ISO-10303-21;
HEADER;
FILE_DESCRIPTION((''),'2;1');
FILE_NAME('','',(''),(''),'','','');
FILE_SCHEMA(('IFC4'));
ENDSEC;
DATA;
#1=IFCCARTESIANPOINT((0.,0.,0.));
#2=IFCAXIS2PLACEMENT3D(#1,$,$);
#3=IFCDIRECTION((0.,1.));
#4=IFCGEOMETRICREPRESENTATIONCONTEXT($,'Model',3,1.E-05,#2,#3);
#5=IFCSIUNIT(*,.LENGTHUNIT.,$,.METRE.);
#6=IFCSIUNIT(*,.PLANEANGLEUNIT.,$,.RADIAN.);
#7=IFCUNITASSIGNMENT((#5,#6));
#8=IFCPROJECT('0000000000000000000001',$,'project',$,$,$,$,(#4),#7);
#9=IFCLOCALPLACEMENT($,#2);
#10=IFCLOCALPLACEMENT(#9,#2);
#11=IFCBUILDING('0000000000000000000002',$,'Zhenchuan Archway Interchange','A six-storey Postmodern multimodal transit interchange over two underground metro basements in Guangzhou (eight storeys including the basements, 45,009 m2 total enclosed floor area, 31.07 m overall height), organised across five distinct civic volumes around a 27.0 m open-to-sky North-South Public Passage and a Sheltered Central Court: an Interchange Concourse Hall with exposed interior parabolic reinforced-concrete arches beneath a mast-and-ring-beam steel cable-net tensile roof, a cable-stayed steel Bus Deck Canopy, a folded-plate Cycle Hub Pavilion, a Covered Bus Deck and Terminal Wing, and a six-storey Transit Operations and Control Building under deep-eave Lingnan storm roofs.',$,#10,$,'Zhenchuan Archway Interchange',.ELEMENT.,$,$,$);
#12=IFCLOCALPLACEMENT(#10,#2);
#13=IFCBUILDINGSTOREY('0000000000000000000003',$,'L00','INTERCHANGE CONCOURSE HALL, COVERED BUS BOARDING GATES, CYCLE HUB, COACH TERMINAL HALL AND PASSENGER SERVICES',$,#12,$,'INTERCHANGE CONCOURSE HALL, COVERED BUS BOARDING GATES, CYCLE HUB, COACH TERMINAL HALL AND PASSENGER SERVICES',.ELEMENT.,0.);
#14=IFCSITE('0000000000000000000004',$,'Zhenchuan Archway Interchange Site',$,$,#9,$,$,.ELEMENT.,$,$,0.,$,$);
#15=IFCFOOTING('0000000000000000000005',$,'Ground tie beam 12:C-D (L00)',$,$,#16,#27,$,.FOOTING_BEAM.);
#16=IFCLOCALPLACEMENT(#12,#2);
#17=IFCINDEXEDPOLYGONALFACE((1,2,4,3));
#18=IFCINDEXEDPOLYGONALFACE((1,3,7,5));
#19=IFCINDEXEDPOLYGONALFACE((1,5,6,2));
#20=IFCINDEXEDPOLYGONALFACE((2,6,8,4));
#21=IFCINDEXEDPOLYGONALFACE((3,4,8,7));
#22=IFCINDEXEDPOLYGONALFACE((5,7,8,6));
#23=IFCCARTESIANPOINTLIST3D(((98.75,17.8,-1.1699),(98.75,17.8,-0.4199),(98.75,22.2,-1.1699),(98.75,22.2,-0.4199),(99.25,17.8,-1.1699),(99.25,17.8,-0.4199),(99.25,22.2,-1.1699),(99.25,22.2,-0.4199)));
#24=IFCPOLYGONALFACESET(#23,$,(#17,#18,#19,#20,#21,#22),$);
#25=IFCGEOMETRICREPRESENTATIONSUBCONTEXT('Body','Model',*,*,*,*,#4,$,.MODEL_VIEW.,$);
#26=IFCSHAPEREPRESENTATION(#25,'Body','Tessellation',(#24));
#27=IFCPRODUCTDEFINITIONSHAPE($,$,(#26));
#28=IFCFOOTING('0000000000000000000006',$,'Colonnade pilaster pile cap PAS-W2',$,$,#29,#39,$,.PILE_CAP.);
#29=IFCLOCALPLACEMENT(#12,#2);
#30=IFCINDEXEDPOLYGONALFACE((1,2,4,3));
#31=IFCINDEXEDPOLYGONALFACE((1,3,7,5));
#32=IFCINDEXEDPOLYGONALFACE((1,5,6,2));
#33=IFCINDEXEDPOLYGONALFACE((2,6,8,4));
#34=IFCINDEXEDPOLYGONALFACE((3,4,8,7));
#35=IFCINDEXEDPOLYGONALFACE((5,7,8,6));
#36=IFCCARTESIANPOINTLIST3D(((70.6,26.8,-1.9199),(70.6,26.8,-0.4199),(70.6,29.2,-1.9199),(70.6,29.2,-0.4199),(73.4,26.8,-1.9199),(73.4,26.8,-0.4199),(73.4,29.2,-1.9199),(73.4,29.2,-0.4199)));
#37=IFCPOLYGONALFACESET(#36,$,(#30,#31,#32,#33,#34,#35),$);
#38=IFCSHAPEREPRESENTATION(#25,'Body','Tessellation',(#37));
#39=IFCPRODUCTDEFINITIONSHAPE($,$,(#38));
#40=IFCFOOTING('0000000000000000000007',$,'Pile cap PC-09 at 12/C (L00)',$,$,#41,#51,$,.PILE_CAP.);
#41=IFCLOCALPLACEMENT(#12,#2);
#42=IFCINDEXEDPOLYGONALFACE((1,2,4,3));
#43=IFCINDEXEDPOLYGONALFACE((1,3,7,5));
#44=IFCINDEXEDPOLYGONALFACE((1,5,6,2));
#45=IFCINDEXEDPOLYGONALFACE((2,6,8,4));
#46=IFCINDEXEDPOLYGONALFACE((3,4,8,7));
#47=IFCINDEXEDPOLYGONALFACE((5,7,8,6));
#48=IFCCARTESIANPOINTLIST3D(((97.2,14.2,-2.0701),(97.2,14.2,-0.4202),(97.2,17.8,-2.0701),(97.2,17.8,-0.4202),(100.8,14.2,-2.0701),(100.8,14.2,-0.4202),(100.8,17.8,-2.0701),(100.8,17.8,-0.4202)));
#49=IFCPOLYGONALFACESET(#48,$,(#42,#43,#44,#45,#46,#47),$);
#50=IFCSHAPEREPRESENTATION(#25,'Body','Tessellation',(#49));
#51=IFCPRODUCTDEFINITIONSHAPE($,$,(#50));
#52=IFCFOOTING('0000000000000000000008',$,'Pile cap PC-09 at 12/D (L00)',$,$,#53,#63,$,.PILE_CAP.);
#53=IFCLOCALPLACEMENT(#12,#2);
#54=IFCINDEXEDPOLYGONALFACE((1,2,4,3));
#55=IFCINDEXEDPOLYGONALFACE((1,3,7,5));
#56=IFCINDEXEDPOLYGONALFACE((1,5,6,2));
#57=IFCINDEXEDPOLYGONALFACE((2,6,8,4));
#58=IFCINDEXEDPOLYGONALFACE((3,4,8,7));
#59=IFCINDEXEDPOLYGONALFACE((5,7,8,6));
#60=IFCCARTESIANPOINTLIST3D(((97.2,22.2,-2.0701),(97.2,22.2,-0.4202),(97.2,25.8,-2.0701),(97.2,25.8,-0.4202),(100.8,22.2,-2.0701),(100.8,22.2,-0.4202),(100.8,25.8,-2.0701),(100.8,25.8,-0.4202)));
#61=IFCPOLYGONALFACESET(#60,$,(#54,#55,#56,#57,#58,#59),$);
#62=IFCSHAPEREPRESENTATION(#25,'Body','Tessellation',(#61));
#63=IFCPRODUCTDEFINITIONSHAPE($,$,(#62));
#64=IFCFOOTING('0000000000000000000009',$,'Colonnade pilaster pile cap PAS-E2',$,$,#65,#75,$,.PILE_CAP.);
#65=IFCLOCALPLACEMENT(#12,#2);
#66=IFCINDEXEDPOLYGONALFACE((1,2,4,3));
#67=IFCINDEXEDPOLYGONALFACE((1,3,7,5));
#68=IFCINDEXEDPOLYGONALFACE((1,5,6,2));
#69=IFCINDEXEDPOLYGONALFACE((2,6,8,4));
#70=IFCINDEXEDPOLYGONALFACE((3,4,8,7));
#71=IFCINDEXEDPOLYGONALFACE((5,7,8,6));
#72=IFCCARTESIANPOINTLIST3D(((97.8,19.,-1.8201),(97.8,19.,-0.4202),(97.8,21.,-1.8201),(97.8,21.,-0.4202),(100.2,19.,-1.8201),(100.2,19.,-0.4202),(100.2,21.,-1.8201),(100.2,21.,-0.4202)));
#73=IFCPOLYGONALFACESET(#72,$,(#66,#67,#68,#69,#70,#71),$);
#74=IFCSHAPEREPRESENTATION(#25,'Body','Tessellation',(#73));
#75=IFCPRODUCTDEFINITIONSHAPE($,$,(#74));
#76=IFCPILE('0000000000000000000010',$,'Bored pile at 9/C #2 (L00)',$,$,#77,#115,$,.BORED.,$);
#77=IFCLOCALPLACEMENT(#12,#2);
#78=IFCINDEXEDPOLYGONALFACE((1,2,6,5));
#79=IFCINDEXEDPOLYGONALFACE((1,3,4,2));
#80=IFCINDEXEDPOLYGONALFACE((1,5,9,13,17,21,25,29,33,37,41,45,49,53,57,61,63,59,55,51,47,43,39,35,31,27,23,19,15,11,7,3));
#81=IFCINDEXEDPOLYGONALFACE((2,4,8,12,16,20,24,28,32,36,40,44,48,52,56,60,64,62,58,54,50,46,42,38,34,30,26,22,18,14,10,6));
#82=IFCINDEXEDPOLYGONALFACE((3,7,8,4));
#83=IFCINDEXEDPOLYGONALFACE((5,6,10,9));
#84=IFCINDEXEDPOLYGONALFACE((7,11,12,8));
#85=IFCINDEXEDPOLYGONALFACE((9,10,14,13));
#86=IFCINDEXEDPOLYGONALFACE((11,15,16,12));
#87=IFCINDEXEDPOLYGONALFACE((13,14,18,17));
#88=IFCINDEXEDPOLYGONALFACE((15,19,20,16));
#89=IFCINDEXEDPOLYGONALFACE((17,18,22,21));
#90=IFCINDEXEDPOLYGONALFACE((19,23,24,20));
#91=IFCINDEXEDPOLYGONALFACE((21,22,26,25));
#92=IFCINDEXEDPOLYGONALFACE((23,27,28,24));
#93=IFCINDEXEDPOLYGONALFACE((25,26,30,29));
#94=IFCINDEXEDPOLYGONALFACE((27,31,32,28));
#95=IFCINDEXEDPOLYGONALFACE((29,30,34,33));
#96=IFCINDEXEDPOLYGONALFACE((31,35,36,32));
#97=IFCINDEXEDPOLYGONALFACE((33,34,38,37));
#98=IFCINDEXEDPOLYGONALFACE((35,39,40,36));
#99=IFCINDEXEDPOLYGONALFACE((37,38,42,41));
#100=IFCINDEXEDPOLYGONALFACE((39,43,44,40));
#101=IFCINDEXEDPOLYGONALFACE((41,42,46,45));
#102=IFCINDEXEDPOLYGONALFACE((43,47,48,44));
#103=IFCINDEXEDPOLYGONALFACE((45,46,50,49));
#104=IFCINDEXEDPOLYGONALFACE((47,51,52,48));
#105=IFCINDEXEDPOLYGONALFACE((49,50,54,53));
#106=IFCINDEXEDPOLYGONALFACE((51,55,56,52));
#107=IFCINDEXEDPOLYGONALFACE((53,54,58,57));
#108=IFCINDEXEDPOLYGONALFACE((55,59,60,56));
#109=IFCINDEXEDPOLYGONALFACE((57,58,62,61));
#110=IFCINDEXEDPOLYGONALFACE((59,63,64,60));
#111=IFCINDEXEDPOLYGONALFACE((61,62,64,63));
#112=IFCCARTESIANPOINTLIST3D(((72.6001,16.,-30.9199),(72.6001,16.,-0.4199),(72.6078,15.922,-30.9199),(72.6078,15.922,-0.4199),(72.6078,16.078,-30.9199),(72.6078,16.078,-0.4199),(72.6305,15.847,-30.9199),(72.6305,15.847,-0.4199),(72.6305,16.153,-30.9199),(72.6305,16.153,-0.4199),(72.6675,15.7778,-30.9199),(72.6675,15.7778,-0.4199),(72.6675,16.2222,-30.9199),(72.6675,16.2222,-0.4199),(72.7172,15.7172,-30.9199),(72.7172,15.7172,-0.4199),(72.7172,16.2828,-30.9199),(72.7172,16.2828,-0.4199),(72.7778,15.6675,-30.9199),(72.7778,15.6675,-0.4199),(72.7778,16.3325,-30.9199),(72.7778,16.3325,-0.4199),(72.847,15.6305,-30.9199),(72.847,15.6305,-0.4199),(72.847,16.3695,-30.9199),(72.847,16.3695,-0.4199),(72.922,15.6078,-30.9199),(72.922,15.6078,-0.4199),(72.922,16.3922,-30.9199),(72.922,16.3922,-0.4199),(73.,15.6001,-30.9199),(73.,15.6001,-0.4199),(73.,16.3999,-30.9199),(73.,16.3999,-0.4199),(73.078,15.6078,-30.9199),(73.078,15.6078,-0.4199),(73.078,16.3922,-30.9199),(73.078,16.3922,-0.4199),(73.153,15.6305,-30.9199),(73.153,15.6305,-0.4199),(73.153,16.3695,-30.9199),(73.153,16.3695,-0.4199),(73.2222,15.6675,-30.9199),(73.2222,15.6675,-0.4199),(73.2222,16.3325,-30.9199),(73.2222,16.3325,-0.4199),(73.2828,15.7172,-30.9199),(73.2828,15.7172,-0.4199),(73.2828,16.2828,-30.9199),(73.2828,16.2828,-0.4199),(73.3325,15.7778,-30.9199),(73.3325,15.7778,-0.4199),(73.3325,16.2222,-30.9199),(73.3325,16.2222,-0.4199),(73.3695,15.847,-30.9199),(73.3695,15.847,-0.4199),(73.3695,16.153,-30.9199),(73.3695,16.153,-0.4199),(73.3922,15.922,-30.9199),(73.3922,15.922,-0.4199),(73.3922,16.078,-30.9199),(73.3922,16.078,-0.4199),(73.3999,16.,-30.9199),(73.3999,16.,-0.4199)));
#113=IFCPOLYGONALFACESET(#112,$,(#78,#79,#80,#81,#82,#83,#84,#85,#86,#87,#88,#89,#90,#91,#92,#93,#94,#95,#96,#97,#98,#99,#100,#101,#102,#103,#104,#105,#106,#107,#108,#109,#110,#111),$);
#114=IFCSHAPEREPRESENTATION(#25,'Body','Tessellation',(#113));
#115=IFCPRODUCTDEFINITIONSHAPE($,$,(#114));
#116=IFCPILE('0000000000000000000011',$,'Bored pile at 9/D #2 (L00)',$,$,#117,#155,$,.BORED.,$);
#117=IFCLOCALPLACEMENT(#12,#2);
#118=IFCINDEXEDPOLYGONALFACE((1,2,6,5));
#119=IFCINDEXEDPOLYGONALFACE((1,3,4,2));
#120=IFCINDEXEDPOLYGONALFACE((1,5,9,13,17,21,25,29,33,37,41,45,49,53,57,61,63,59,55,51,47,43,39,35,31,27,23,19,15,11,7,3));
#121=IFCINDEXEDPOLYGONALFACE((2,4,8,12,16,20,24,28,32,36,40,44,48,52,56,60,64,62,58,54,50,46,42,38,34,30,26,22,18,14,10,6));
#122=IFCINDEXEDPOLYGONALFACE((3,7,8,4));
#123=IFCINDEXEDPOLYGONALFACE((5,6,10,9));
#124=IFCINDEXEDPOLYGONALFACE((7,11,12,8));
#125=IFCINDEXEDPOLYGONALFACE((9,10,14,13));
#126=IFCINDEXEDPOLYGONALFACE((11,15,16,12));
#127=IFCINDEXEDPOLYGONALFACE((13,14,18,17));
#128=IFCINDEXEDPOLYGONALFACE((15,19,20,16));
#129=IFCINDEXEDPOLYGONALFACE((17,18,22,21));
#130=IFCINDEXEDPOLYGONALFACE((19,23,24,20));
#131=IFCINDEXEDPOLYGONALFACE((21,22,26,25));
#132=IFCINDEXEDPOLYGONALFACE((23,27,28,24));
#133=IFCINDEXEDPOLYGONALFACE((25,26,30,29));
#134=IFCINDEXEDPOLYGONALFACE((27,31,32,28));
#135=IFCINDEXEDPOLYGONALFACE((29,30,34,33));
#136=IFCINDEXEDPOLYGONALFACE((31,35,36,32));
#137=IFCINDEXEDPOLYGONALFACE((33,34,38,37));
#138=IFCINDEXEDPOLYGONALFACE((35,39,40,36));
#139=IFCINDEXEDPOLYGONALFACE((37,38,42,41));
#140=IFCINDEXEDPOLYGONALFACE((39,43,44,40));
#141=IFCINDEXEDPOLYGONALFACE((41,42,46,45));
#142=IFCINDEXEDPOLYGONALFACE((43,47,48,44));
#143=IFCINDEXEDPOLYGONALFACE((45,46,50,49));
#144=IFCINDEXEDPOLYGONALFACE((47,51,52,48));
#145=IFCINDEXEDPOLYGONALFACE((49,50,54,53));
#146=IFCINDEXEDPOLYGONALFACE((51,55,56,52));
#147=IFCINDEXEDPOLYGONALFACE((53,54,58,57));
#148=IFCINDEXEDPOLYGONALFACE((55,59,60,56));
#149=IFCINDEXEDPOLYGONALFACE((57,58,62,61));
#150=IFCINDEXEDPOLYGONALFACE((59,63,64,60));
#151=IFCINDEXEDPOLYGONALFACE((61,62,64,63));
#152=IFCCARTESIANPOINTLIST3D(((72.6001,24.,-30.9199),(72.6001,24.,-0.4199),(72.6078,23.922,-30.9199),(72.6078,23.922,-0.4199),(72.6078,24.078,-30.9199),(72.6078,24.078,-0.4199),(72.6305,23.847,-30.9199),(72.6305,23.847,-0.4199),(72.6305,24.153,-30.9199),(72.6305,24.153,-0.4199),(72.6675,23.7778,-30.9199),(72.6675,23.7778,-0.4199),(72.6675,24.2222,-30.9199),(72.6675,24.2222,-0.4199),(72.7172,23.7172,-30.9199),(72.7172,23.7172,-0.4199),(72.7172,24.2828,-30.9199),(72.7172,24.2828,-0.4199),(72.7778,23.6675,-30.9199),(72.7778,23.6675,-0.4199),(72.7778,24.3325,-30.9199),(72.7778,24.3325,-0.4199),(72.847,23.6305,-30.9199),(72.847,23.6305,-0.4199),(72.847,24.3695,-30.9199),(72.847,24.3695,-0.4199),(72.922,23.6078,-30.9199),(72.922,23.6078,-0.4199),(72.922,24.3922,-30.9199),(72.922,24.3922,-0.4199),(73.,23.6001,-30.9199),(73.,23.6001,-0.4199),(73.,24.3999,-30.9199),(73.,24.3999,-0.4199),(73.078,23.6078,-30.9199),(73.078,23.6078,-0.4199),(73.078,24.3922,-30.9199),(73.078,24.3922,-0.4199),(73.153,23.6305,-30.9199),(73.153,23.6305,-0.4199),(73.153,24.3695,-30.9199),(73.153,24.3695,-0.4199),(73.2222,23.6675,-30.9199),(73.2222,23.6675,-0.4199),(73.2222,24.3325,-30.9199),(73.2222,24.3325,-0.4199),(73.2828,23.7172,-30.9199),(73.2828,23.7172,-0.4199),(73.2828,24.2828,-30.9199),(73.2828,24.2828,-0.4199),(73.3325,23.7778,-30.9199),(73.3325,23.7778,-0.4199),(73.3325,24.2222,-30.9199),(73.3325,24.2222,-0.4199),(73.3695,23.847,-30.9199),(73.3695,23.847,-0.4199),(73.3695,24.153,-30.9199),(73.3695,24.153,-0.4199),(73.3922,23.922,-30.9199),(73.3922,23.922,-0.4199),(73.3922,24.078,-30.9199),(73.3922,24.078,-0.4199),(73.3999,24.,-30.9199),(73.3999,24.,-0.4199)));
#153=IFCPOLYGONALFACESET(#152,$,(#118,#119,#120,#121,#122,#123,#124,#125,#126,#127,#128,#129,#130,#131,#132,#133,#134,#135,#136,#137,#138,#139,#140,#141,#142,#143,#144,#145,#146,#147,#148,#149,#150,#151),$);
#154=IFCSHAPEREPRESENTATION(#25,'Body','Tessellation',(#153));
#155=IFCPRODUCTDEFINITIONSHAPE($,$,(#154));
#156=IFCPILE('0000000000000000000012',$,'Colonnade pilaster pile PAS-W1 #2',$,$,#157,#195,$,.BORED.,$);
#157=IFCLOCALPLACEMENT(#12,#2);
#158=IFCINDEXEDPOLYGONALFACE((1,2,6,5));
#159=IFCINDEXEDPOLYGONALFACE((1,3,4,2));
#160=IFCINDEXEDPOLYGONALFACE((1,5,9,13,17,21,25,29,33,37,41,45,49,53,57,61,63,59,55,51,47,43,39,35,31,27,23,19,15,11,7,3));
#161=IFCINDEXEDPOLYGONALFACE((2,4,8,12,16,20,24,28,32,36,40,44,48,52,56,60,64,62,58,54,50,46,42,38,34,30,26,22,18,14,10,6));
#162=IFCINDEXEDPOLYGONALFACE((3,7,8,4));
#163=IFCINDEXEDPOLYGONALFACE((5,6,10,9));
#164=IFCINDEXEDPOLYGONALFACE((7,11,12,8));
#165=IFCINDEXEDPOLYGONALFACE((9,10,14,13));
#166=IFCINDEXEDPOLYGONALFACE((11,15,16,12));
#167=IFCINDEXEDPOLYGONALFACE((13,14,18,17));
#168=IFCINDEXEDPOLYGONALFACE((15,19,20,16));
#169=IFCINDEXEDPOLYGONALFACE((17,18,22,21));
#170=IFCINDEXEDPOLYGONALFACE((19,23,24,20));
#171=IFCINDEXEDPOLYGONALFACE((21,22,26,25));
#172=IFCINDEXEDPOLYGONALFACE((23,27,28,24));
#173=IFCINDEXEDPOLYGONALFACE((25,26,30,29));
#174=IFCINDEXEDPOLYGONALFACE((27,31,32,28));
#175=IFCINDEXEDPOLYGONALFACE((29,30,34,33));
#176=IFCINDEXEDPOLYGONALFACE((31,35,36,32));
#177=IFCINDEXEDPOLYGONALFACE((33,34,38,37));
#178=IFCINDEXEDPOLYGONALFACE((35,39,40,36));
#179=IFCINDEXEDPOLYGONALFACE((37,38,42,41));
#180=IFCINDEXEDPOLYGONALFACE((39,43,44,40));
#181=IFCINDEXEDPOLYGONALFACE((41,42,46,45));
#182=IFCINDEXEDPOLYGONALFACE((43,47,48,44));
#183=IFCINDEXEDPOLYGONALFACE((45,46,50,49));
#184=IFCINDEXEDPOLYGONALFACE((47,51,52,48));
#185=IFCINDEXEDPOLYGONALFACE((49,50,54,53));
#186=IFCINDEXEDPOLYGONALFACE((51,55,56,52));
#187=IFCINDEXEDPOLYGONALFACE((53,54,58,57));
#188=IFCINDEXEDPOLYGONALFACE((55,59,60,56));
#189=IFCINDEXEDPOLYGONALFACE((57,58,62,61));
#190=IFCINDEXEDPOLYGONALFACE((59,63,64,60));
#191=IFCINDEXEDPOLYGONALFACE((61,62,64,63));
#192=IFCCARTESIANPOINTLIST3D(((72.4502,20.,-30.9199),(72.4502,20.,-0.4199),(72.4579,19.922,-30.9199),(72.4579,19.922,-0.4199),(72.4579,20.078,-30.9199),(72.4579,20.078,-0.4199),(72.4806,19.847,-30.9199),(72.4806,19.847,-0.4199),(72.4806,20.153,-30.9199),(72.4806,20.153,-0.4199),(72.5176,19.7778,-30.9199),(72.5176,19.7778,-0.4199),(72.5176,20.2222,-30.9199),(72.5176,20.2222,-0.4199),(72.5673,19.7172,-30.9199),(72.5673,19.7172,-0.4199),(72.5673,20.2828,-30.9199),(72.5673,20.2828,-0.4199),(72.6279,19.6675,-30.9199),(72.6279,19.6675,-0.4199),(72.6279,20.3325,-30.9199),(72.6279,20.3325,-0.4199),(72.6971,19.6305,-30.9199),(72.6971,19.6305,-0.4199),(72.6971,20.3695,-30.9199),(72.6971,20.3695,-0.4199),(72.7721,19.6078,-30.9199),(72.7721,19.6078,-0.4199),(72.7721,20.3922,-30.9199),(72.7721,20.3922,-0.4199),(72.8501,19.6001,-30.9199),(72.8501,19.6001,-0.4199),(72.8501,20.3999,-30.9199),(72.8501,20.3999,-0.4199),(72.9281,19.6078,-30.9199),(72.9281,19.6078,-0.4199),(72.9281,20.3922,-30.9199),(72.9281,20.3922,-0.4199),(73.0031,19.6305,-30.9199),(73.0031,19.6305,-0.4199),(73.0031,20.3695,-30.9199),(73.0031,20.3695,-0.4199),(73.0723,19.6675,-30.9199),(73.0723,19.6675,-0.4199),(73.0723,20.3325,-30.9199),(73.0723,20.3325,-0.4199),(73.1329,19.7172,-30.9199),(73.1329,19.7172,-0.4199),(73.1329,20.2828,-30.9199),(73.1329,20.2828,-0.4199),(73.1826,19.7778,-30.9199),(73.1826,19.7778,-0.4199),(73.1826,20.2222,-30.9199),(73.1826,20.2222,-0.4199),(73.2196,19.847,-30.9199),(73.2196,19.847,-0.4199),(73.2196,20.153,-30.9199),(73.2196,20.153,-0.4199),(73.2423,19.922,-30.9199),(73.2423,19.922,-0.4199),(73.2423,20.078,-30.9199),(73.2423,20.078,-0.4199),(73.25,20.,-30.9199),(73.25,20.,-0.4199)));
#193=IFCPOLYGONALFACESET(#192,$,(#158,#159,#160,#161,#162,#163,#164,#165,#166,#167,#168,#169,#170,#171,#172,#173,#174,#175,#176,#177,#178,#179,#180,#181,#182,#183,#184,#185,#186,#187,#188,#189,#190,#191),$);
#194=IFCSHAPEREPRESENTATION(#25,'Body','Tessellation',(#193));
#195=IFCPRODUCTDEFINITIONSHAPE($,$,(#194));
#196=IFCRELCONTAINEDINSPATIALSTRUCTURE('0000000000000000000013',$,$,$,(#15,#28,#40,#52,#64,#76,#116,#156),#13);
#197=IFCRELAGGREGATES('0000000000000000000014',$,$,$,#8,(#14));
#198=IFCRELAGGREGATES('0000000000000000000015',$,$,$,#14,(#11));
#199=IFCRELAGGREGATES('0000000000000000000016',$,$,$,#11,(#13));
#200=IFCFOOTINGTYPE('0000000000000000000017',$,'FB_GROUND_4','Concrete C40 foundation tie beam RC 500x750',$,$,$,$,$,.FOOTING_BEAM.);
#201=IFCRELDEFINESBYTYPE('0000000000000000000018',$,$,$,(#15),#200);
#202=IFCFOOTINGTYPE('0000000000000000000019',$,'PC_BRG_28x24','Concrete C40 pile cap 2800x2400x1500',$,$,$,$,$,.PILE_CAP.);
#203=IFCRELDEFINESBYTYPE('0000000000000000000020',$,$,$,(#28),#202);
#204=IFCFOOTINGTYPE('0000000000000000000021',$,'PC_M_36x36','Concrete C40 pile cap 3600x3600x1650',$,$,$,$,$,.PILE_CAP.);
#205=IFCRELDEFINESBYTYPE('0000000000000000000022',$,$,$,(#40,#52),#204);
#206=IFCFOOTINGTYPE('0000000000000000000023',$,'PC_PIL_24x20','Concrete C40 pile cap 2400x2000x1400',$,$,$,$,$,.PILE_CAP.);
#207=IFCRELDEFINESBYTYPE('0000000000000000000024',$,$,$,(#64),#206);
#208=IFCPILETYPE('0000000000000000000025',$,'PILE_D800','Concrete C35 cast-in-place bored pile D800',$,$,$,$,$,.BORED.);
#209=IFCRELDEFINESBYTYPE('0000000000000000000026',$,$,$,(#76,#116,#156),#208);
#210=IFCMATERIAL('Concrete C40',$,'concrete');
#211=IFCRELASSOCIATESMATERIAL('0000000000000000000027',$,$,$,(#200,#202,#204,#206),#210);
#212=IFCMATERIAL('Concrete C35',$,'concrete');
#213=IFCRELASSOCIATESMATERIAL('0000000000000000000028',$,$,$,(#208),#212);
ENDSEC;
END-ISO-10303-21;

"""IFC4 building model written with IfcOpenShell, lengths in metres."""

from ifc_helpers import new_model, si_unit, direction, frame, origin, origin_2d, place, context, subcontext, project, spatial, rectangle, circle, extrude, material, material_profile, profile_set, type_object, element, save


model = new_model("IFC4")

# Units and contexts
model_context = context("Model", 3, precision=1e-05, world=origin(), true_north=direction((0.0, 1.0)))
body_context = subcontext(model_context, "Body", "Model", "MODEL_VIEW")
ifc_project = project(units=[si_unit("LENGTHUNIT", "METRE"), si_unit("PLANEANGLEUNIT", "RADIAN")], contexts=[model_context])

# Site, building, storey
site_placement = place(None, origin())
site = spatial("IfcSite", under=ifc_project, at=site_placement, Name="Zhenchuan Archway Interchange Site", CompositionType="ELEMENT", RefElevation=0.0)
building_placement = place(site_placement, origin())
building = spatial("IfcBuilding", under=site, at=building_placement, Name="Zhenchuan Archway Interchange", Description="A six-storey Postmodern multimodal transit interchange over two underground metro basements in Guangzhou (eight storeys including the basements, 45,009 m2 total enclosed floor area, 31.07 m overall height), organised across five distinct civic volumes around a 27.0 m open-to-sky North-South Public Passage and a Sheltered Central Court: an Interchange Concourse Hall with exposed interior parabolic reinforced-concrete arches beneath a mast-and-ring-beam steel cable-net tensile roof, a cable-stayed steel Bus Deck Canopy, a folded-plate Cycle Hub Pavilion, a Covered Bus Deck and Terminal Wing, and a six-storey Transit Operations and Control Building under deep-eave Lingnan storm roofs.", LongName="Zhenchuan Archway Interchange", CompositionType="ELEMENT")
storey_placement = place(building_placement, origin())
storey = spatial("IfcBuildingStorey", under=building, at=storey_placement, Name="L00", Description="INTERCHANGE CONCOURSE HALL, COVERED BUS BOARDING GATES, CYCLE HUB, COACH TERMINAL HALL AND PASSENGER SERVICES", LongName="INTERCHANGE CONCOURSE HALL, COVERED BUS BOARDING GATES, CYCLE HUB, COACH TERMINAL HALL AND PASSENGER SERVICES", CompositionType="ELEMENT", Elevation=0.0)

# Footings
ifc_material_1 = material(Name="Concrete C40", Category="concrete")
ifc_material_profile_1 = material_profile(ifc_material_1, rectangle(XDim=0.5, YDim=0.75, at=origin_2d()), Name="RC 500x750")
ifc_profile_set_1 = profile_set([ifc_material_profile_1], Name="Concrete C40")
footing_type_1 = type_object("IfcFootingType", Name="FB_GROUND_4", Description="Concrete C40 foundation tie beam RC 500x750", PredefinedType="FOOTING_BEAM", material=ifc_profile_set_1)
footing_1_placement = place(storey_placement, frame((99.0, 17.8, -0.7949), z_axis=(0.0, 1.0, 0.0), x_axis=(-1.0, 0.0, 0.0)))
element("IfcFooting", 1, at=footing_1_placement, inside=storey, type_object=footing_type_1, Name="Ground tie beam 12:C-D (L00)", PredefinedType="FOOTING_BEAM", context=body_context, shape_type="SweptSolid", body=[
    extrude(rectangle(XDim=0.5, YDim=0.75, at=origin_2d()), origin(), (0.0, 0.0, 1.0), 4.3999),
])
footing_type_2 = type_object("IfcFootingType", Name="PC_BRG_28x24", Description="Concrete C40 pile cap 2800x2400x1500", PredefinedType="PILE_CAP", material=ifc_material_1)
footing_2_placement = place(storey_placement, frame((72.0, 28.0, -1.9199), z_axis=(0.0, 0.0, 1.0), x_axis=(1.0, 0.0, 0.0)))
element("IfcFooting", 2, at=footing_2_placement, inside=storey, type_object=footing_type_2, Name="Colonnade pilaster pile cap PAS-W2", PredefinedType="PILE_CAP", context=body_context, shape_type="SweptSolid", body=[
    extrude(rectangle(XDim=2.8, YDim=2.3999, at=origin_2d()), origin(), (0.0, 0.0, 1.0), 1.5),
])
footing_type_3 = type_object("IfcFootingType", Name="PC_M_36x36", Description="Concrete C40 pile cap 3600x3600x1650", PredefinedType="PILE_CAP", material=ifc_material_1)
for number, where, z_axis, x_axis, name in (
    (3, (99.0, 16.0, -2.0701), (0.0, 0.0, 1.0), (1.0, 0.0, 0.0), "Pile cap PC-09 at 12/C (L00)"),
    (4, (99.0, 24.0, -2.0701), (0.0, 0.0, 1.0), (1.0, 0.0, 0.0), "Pile cap PC-09 at 12/D (L00)"),
):
    element("IfcFooting", number, at=place(storey_placement, frame(where, z_axis=z_axis, x_axis=x_axis)), inside=storey, type_object=footing_type_3, Name=name, PredefinedType="PILE_CAP", context=body_context, shape_type="SweptSolid", body=[
        extrude(rectangle(XDim=3.6001, YDim=3.6001, at=origin_2d()), origin(), (0.0, 0.0, 1.0), 1.6499),
    ])
footing_type_4 = type_object("IfcFootingType", Name="PC_PIL_24x20", Description="Concrete C40 pile cap 2400x2000x1400", PredefinedType="PILE_CAP", material=ifc_material_1)
footing_3_placement = place(storey_placement, frame((99.0, 20.0, -1.8201), z_axis=(0.0, 0.0, 1.0), x_axis=(1.0, 0.0, 0.0)))
element("IfcFooting", 5, at=footing_3_placement, inside=storey, type_object=footing_type_4, Name="Colonnade pilaster pile cap PAS-E2", PredefinedType="PILE_CAP", context=body_context, shape_type="SweptSolid", body=[
    extrude(rectangle(XDim=2.3999, YDim=2.0, at=origin_2d()), origin(), (0.0, 0.0, 1.0), 1.3999),
])

# Piles
ifc_material_2 = material(Name="Concrete C35", Category="concrete")
ifc_material_profile_2 = material_profile(ifc_material_2, circle(Radius=0.3999, at=origin_2d()), Name="BORED PILE 800")
ifc_profile_set_2 = profile_set([ifc_material_profile_2], Name="Concrete C35")
pile_type_1 = type_object("IfcPileType", Name="PILE_D800", Description="Concrete C35 cast-in-place bored pile D800", PredefinedType="BORED", material=ifc_profile_set_2)
for number, where, z_axis, x_axis, name in (
    (6, (73.0, 16.0, -0.4199), (0.0, 0.0, -1.0), (1.0, 0.0, 0.0), "Bored pile at 9/C #2 (L00)"),
    (7, (73.0, 24.0, -0.4199), (0.0, 0.0, -1.0), (1.0, 0.0, 0.0), "Bored pile at 9/D #2 (L00)"),
    (8, (72.8501, 20.0, -0.4199), (0.0, 0.0, -1.0), (1.0, 0.0, 0.0), "Colonnade pilaster pile PAS-W1 #2"),
):
    element("IfcPile", number, at=place(storey_placement, frame(where, z_axis=z_axis, x_axis=x_axis)), inside=storey, type_object=pile_type_1, Name=name, PredefinedType="BORED", context=body_context, shape_type="SweptSolid", body=[
        extrude(circle(Radius=0.3999, at=origin_2d()), origin(), (0.0, 0.0, 1.0), 30.5),
    ])

save(model, "model.ifc")
